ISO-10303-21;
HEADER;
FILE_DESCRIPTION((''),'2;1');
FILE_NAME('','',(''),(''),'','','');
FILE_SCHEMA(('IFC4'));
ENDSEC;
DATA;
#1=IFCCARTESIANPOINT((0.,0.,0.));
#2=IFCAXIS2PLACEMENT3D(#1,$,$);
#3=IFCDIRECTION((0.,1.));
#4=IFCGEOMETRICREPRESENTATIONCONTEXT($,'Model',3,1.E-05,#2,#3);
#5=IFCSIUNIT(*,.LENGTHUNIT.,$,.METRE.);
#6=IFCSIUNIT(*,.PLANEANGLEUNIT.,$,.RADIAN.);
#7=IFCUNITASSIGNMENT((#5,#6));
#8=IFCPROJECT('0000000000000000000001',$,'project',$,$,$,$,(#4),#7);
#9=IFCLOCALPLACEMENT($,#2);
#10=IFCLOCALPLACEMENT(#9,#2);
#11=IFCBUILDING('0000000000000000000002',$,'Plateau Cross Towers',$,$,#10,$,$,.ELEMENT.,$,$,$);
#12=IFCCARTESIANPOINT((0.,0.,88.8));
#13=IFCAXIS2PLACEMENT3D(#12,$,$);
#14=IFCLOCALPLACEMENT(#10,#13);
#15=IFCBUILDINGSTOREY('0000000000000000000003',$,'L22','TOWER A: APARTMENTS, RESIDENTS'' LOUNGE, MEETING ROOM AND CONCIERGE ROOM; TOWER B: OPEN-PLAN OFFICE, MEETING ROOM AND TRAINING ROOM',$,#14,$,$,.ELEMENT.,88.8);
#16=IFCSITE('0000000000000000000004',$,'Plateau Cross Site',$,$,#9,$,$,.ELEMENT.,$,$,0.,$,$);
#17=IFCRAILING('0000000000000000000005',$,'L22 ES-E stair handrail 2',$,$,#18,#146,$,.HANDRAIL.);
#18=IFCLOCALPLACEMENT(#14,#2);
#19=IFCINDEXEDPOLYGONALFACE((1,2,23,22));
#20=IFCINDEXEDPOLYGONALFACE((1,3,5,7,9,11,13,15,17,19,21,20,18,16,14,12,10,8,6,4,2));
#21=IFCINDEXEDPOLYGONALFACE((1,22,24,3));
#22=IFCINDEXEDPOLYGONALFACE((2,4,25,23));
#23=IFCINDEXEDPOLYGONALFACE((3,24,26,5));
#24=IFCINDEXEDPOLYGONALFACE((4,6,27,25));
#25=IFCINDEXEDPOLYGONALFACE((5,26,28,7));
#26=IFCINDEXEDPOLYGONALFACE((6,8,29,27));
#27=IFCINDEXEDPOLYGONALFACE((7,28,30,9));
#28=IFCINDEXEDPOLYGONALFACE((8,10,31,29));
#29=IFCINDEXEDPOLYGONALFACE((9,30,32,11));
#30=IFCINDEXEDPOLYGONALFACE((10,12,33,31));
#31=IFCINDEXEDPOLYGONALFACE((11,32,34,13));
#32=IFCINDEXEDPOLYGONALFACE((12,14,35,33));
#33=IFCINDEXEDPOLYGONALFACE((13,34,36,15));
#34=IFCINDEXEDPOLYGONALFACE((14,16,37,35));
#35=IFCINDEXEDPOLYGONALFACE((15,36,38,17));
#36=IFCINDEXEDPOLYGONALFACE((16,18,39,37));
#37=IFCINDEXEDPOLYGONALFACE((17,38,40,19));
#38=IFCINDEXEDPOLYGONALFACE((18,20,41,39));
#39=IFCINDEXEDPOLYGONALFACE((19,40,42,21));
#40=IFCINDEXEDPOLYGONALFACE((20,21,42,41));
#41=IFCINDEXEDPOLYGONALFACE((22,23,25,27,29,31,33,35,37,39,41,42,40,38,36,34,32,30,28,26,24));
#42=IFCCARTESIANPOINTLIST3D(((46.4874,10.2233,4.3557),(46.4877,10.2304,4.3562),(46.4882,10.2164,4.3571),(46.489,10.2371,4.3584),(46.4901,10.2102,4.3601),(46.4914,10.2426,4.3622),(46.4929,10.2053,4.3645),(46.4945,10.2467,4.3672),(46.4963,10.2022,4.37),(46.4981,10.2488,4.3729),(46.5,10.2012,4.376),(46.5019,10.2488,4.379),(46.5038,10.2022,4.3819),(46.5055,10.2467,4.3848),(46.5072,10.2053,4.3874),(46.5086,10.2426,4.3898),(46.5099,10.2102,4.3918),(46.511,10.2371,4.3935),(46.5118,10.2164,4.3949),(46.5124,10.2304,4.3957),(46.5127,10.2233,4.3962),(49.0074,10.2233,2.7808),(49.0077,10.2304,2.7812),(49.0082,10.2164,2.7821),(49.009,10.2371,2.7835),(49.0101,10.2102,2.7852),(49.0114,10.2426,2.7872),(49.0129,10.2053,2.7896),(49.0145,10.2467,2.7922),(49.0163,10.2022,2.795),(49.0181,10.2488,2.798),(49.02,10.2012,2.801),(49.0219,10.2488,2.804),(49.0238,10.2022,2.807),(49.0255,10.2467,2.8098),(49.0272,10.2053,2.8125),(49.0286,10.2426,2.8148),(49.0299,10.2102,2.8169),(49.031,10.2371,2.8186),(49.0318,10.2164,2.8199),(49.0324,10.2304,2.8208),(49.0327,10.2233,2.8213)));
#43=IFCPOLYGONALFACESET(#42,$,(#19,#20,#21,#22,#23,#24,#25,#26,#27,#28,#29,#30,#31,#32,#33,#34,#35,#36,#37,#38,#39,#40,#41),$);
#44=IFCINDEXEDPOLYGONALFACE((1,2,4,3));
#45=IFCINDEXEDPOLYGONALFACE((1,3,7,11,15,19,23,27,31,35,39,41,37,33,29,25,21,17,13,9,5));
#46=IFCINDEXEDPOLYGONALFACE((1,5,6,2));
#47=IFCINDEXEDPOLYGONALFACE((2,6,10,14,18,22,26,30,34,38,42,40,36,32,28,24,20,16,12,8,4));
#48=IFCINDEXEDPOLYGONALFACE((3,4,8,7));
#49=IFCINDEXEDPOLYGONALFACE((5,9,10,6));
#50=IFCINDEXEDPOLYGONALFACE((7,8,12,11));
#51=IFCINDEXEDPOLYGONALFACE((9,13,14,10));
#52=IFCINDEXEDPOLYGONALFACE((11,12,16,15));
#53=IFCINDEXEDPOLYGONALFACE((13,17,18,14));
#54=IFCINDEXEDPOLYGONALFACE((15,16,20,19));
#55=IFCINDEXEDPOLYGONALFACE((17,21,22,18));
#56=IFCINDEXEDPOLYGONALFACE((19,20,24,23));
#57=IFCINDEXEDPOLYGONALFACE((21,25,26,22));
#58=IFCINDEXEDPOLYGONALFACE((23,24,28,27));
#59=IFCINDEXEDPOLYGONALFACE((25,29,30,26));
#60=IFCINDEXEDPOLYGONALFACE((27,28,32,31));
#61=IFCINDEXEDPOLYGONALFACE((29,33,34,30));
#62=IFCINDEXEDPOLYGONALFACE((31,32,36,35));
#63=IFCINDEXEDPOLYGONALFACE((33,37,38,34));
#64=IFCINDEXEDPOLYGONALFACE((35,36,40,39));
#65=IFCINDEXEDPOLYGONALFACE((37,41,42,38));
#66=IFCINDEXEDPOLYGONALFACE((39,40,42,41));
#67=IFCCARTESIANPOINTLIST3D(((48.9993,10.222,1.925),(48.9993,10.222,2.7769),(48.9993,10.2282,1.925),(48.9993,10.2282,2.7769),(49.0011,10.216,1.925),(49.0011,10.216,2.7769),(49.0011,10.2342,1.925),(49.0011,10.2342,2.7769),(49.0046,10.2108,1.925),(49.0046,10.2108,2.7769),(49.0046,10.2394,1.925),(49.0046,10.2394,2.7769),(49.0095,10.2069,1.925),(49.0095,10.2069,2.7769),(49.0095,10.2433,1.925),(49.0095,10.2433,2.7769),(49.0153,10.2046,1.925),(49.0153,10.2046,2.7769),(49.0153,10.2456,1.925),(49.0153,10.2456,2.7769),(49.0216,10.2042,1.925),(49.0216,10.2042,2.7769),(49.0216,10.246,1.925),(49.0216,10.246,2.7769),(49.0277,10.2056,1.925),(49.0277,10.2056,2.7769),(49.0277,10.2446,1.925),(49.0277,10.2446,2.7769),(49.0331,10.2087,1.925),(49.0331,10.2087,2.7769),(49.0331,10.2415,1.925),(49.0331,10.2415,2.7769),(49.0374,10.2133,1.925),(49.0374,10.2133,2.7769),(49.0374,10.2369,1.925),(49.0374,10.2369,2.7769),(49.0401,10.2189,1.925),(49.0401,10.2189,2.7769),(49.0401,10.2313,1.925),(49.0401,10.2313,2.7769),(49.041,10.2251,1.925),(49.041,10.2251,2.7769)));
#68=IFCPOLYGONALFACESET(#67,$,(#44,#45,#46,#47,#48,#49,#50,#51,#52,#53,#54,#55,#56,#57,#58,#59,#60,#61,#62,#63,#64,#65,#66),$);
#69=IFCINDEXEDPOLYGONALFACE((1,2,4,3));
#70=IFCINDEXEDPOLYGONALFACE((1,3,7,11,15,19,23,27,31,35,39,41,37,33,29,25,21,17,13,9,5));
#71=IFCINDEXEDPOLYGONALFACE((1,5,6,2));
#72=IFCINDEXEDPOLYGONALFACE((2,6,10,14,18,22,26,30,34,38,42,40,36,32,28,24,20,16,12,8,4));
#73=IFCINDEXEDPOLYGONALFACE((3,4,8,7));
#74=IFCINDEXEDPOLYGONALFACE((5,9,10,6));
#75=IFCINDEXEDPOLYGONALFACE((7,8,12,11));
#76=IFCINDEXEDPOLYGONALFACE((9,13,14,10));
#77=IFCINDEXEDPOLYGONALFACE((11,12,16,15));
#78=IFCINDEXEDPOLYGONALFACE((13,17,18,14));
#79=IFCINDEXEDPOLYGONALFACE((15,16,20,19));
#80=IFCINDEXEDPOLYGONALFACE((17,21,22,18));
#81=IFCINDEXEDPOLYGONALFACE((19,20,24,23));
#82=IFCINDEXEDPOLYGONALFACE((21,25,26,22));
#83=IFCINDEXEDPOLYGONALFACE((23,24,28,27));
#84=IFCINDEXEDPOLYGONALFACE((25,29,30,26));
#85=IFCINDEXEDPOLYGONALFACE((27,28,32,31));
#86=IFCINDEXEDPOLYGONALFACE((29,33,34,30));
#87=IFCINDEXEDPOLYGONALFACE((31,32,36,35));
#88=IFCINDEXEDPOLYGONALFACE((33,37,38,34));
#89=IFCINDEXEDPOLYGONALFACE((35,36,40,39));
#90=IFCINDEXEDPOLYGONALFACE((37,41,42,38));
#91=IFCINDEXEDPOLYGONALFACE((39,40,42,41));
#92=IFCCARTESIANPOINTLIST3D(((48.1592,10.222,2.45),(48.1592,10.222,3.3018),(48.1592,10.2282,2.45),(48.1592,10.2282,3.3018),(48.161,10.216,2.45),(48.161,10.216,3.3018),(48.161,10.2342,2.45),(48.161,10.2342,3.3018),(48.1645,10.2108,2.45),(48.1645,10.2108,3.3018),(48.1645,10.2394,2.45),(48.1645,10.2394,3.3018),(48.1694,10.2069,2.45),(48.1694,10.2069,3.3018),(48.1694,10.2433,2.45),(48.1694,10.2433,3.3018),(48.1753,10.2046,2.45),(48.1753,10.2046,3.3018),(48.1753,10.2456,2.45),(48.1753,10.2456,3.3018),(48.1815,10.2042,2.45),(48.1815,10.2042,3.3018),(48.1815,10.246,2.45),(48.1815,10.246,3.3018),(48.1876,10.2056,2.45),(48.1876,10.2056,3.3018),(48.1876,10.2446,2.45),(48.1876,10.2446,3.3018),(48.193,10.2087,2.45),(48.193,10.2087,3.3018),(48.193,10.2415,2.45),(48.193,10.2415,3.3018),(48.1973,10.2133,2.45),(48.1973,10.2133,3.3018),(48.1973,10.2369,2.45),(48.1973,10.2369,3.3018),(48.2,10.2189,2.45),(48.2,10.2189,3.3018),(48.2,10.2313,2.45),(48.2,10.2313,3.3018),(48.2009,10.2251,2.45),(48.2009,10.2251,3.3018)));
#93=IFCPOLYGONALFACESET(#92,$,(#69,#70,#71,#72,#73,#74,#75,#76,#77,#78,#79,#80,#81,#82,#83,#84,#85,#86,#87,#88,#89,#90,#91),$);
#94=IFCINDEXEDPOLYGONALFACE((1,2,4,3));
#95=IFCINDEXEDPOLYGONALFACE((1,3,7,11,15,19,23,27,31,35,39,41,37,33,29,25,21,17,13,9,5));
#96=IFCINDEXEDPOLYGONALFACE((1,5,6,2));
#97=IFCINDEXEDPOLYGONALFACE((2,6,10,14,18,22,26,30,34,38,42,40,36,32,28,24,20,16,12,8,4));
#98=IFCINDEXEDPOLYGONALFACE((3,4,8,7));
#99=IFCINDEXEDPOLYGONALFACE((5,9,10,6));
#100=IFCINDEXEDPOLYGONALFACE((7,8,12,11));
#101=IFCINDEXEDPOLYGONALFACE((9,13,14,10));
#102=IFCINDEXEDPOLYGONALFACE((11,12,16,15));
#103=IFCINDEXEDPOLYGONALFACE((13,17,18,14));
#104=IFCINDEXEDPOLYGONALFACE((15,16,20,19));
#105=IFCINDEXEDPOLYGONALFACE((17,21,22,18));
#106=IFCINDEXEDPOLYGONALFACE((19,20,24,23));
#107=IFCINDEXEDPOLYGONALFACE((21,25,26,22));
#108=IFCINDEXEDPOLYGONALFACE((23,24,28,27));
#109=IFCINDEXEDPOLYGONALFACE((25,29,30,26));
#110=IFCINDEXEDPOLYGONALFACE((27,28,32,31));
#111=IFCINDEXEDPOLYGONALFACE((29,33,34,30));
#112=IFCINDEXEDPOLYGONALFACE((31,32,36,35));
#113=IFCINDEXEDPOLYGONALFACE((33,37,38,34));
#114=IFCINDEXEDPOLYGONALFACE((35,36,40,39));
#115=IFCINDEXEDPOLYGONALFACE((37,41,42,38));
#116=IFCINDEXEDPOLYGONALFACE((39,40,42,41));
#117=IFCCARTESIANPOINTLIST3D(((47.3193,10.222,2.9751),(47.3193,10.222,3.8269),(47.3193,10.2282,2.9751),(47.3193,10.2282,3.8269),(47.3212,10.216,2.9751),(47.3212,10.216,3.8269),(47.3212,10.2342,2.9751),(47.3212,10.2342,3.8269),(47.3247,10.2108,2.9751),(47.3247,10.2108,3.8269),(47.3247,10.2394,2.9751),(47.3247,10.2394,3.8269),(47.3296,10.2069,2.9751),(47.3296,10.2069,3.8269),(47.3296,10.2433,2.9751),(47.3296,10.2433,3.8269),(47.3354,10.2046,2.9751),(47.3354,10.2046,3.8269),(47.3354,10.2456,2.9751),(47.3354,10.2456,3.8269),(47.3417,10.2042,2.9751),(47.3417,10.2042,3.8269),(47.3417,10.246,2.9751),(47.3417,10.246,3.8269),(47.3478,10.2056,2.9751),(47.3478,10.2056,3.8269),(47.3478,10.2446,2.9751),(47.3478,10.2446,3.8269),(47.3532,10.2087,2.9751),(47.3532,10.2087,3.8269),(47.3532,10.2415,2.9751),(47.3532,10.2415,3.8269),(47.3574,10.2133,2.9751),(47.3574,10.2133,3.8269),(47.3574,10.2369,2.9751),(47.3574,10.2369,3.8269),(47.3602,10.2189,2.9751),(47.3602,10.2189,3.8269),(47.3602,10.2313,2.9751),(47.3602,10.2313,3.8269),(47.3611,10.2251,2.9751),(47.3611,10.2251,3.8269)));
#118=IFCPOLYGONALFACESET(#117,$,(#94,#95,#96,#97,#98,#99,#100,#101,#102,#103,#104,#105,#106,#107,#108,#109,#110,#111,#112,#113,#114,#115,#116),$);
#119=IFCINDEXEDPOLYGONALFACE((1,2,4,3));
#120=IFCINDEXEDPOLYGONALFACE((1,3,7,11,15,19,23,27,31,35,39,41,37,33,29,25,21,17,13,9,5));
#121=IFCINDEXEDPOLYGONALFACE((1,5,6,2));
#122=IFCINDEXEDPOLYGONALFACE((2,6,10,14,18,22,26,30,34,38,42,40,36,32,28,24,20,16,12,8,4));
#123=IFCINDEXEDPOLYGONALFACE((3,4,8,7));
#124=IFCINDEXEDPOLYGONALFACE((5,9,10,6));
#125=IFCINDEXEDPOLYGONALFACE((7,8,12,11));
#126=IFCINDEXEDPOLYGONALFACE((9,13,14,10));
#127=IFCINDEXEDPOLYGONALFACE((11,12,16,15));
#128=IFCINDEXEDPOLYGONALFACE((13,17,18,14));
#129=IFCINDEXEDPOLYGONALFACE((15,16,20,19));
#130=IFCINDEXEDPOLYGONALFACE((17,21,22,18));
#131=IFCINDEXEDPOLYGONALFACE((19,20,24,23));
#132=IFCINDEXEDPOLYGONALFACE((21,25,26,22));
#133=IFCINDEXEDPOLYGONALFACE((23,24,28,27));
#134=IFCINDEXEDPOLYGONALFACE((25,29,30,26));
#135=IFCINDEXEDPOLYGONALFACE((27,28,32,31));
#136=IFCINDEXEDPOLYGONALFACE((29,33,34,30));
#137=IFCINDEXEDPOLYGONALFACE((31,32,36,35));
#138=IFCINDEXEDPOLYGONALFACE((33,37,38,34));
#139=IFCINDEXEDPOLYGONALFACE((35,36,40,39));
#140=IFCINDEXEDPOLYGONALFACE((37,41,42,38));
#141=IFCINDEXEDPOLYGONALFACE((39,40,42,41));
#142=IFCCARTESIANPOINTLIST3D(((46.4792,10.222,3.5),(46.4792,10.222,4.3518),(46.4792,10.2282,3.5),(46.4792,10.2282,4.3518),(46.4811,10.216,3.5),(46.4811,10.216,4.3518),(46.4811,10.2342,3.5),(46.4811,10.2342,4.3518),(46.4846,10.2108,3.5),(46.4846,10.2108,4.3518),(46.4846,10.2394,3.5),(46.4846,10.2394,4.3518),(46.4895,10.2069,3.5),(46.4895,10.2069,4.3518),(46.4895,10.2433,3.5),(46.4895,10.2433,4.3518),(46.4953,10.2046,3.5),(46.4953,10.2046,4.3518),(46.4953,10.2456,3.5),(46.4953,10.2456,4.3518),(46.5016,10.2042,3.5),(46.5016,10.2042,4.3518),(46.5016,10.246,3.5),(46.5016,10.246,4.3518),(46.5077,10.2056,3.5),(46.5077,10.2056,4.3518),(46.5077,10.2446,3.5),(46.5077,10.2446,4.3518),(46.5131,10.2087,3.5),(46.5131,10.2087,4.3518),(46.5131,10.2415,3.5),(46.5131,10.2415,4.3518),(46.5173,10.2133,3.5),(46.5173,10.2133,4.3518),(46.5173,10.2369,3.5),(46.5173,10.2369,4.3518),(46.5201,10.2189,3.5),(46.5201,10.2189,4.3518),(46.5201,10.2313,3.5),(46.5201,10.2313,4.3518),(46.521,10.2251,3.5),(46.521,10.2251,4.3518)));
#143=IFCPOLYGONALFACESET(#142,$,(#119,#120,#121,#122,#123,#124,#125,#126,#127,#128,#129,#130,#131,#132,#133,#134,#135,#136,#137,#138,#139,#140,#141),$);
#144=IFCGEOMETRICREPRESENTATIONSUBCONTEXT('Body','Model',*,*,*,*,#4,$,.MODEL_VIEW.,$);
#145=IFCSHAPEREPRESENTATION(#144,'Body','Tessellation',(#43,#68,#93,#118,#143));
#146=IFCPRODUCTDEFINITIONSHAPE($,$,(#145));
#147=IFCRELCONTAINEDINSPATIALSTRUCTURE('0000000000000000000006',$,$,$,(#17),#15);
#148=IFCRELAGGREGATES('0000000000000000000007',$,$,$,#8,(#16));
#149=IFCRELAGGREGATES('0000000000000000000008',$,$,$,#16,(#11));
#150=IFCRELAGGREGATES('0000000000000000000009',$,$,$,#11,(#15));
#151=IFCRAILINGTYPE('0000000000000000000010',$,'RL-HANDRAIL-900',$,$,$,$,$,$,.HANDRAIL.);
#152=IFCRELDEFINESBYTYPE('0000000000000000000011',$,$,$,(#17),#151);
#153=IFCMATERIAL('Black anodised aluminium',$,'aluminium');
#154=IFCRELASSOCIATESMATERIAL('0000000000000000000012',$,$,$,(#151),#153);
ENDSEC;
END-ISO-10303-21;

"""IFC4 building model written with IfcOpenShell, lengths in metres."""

from ifc_helpers import new_model, si_unit, direction, frame, origin, origin_2d, place, context, subcontext, project, spatial, circle, extrude, material, type_object, element, save


model = new_model("IFC4")

# Units and contexts
model_context = context("Model", 3, precision=1e-05, world=origin(), true_north=direction((0.0, 1.0)))
body_context = subcontext(model_context, "Body", "Model", "MODEL_VIEW")
ifc_project = project(units=[si_unit("LENGTHUNIT", "METRE"), si_unit("PLANEANGLEUNIT", "RADIAN")], contexts=[model_context])

# Site, building, storey
site_placement = place(None, origin())
site = spatial("IfcSite", under=ifc_project, at=site_placement, Name="Plateau Cross Site", CompositionType="ELEMENT", RefElevation=0.0)
building_placement = place(site_placement, origin())
building = spatial("IfcBuilding", under=site, at=building_placement, Name="Plateau Cross Towers", CompositionType="ELEMENT")
storey_placement = place(building_placement, frame((0.0, 0.0, 88.8)))
storey = spatial("IfcBuildingStorey", under=building, at=storey_placement, Name="L22", Description="TOWER A: APARTMENTS, RESIDENTS' LOUNGE, MEETING ROOM AND CONCIERGE ROOM; TOWER B: OPEN-PLAN OFFICE, MEETING ROOM AND TRAINING ROOM", CompositionType="ELEMENT", Elevation=88.8)

# Shared definitions
ifc_material_1 = material(Name="Black anodised aluminium", Category="aluminium")

# Railing
railing_type_1 = type_object("IfcRailingType", Name="RL-HANDRAIL-900", PredefinedType="HANDRAIL", material=ifc_material_1)
railing_1_placement = place(storey_placement, frame((49.02, 10.2251, 1.925)))
element("IfcRailing", 1, at=railing_1_placement, inside=storey, type_object=railing_type_1, Name="L22 ES-E stair handrail 2", PredefinedType="HANDRAIL", context=body_context, shape_type="SweptSolid", body=[
    extrude(circle(Radius=0.0239, at=origin_2d()), frame((0.0, 0.0, 0.876), z_axis=(-0.848008, 0.0, 0.529984), x_axis=(0.0, -1.0, 0.0)), (0.0, 0.0, 1.0), 2.9717),
    extrude(circle(Radius=0.021, at=origin_2d()), origin(), (0.0, 0.0, 1.0), 0.8518),
    extrude(circle(Radius=0.021, at=origin_2d()), frame((-0.8401, 0.0, 0.5249)), (0.0, 0.0, 1.0), 0.8518),
    extrude(circle(Radius=0.021, at=origin_2d()), frame((-1.6799, 0.0, 1.05)), (0.0, 0.0, 1.0), 0.8518),
    extrude(circle(Radius=0.021, at=origin_2d()), frame((-2.52, 0.0, 1.575)), (0.0, 0.0, 1.0), 0.8518),
])

save(model, "model.ifc")
